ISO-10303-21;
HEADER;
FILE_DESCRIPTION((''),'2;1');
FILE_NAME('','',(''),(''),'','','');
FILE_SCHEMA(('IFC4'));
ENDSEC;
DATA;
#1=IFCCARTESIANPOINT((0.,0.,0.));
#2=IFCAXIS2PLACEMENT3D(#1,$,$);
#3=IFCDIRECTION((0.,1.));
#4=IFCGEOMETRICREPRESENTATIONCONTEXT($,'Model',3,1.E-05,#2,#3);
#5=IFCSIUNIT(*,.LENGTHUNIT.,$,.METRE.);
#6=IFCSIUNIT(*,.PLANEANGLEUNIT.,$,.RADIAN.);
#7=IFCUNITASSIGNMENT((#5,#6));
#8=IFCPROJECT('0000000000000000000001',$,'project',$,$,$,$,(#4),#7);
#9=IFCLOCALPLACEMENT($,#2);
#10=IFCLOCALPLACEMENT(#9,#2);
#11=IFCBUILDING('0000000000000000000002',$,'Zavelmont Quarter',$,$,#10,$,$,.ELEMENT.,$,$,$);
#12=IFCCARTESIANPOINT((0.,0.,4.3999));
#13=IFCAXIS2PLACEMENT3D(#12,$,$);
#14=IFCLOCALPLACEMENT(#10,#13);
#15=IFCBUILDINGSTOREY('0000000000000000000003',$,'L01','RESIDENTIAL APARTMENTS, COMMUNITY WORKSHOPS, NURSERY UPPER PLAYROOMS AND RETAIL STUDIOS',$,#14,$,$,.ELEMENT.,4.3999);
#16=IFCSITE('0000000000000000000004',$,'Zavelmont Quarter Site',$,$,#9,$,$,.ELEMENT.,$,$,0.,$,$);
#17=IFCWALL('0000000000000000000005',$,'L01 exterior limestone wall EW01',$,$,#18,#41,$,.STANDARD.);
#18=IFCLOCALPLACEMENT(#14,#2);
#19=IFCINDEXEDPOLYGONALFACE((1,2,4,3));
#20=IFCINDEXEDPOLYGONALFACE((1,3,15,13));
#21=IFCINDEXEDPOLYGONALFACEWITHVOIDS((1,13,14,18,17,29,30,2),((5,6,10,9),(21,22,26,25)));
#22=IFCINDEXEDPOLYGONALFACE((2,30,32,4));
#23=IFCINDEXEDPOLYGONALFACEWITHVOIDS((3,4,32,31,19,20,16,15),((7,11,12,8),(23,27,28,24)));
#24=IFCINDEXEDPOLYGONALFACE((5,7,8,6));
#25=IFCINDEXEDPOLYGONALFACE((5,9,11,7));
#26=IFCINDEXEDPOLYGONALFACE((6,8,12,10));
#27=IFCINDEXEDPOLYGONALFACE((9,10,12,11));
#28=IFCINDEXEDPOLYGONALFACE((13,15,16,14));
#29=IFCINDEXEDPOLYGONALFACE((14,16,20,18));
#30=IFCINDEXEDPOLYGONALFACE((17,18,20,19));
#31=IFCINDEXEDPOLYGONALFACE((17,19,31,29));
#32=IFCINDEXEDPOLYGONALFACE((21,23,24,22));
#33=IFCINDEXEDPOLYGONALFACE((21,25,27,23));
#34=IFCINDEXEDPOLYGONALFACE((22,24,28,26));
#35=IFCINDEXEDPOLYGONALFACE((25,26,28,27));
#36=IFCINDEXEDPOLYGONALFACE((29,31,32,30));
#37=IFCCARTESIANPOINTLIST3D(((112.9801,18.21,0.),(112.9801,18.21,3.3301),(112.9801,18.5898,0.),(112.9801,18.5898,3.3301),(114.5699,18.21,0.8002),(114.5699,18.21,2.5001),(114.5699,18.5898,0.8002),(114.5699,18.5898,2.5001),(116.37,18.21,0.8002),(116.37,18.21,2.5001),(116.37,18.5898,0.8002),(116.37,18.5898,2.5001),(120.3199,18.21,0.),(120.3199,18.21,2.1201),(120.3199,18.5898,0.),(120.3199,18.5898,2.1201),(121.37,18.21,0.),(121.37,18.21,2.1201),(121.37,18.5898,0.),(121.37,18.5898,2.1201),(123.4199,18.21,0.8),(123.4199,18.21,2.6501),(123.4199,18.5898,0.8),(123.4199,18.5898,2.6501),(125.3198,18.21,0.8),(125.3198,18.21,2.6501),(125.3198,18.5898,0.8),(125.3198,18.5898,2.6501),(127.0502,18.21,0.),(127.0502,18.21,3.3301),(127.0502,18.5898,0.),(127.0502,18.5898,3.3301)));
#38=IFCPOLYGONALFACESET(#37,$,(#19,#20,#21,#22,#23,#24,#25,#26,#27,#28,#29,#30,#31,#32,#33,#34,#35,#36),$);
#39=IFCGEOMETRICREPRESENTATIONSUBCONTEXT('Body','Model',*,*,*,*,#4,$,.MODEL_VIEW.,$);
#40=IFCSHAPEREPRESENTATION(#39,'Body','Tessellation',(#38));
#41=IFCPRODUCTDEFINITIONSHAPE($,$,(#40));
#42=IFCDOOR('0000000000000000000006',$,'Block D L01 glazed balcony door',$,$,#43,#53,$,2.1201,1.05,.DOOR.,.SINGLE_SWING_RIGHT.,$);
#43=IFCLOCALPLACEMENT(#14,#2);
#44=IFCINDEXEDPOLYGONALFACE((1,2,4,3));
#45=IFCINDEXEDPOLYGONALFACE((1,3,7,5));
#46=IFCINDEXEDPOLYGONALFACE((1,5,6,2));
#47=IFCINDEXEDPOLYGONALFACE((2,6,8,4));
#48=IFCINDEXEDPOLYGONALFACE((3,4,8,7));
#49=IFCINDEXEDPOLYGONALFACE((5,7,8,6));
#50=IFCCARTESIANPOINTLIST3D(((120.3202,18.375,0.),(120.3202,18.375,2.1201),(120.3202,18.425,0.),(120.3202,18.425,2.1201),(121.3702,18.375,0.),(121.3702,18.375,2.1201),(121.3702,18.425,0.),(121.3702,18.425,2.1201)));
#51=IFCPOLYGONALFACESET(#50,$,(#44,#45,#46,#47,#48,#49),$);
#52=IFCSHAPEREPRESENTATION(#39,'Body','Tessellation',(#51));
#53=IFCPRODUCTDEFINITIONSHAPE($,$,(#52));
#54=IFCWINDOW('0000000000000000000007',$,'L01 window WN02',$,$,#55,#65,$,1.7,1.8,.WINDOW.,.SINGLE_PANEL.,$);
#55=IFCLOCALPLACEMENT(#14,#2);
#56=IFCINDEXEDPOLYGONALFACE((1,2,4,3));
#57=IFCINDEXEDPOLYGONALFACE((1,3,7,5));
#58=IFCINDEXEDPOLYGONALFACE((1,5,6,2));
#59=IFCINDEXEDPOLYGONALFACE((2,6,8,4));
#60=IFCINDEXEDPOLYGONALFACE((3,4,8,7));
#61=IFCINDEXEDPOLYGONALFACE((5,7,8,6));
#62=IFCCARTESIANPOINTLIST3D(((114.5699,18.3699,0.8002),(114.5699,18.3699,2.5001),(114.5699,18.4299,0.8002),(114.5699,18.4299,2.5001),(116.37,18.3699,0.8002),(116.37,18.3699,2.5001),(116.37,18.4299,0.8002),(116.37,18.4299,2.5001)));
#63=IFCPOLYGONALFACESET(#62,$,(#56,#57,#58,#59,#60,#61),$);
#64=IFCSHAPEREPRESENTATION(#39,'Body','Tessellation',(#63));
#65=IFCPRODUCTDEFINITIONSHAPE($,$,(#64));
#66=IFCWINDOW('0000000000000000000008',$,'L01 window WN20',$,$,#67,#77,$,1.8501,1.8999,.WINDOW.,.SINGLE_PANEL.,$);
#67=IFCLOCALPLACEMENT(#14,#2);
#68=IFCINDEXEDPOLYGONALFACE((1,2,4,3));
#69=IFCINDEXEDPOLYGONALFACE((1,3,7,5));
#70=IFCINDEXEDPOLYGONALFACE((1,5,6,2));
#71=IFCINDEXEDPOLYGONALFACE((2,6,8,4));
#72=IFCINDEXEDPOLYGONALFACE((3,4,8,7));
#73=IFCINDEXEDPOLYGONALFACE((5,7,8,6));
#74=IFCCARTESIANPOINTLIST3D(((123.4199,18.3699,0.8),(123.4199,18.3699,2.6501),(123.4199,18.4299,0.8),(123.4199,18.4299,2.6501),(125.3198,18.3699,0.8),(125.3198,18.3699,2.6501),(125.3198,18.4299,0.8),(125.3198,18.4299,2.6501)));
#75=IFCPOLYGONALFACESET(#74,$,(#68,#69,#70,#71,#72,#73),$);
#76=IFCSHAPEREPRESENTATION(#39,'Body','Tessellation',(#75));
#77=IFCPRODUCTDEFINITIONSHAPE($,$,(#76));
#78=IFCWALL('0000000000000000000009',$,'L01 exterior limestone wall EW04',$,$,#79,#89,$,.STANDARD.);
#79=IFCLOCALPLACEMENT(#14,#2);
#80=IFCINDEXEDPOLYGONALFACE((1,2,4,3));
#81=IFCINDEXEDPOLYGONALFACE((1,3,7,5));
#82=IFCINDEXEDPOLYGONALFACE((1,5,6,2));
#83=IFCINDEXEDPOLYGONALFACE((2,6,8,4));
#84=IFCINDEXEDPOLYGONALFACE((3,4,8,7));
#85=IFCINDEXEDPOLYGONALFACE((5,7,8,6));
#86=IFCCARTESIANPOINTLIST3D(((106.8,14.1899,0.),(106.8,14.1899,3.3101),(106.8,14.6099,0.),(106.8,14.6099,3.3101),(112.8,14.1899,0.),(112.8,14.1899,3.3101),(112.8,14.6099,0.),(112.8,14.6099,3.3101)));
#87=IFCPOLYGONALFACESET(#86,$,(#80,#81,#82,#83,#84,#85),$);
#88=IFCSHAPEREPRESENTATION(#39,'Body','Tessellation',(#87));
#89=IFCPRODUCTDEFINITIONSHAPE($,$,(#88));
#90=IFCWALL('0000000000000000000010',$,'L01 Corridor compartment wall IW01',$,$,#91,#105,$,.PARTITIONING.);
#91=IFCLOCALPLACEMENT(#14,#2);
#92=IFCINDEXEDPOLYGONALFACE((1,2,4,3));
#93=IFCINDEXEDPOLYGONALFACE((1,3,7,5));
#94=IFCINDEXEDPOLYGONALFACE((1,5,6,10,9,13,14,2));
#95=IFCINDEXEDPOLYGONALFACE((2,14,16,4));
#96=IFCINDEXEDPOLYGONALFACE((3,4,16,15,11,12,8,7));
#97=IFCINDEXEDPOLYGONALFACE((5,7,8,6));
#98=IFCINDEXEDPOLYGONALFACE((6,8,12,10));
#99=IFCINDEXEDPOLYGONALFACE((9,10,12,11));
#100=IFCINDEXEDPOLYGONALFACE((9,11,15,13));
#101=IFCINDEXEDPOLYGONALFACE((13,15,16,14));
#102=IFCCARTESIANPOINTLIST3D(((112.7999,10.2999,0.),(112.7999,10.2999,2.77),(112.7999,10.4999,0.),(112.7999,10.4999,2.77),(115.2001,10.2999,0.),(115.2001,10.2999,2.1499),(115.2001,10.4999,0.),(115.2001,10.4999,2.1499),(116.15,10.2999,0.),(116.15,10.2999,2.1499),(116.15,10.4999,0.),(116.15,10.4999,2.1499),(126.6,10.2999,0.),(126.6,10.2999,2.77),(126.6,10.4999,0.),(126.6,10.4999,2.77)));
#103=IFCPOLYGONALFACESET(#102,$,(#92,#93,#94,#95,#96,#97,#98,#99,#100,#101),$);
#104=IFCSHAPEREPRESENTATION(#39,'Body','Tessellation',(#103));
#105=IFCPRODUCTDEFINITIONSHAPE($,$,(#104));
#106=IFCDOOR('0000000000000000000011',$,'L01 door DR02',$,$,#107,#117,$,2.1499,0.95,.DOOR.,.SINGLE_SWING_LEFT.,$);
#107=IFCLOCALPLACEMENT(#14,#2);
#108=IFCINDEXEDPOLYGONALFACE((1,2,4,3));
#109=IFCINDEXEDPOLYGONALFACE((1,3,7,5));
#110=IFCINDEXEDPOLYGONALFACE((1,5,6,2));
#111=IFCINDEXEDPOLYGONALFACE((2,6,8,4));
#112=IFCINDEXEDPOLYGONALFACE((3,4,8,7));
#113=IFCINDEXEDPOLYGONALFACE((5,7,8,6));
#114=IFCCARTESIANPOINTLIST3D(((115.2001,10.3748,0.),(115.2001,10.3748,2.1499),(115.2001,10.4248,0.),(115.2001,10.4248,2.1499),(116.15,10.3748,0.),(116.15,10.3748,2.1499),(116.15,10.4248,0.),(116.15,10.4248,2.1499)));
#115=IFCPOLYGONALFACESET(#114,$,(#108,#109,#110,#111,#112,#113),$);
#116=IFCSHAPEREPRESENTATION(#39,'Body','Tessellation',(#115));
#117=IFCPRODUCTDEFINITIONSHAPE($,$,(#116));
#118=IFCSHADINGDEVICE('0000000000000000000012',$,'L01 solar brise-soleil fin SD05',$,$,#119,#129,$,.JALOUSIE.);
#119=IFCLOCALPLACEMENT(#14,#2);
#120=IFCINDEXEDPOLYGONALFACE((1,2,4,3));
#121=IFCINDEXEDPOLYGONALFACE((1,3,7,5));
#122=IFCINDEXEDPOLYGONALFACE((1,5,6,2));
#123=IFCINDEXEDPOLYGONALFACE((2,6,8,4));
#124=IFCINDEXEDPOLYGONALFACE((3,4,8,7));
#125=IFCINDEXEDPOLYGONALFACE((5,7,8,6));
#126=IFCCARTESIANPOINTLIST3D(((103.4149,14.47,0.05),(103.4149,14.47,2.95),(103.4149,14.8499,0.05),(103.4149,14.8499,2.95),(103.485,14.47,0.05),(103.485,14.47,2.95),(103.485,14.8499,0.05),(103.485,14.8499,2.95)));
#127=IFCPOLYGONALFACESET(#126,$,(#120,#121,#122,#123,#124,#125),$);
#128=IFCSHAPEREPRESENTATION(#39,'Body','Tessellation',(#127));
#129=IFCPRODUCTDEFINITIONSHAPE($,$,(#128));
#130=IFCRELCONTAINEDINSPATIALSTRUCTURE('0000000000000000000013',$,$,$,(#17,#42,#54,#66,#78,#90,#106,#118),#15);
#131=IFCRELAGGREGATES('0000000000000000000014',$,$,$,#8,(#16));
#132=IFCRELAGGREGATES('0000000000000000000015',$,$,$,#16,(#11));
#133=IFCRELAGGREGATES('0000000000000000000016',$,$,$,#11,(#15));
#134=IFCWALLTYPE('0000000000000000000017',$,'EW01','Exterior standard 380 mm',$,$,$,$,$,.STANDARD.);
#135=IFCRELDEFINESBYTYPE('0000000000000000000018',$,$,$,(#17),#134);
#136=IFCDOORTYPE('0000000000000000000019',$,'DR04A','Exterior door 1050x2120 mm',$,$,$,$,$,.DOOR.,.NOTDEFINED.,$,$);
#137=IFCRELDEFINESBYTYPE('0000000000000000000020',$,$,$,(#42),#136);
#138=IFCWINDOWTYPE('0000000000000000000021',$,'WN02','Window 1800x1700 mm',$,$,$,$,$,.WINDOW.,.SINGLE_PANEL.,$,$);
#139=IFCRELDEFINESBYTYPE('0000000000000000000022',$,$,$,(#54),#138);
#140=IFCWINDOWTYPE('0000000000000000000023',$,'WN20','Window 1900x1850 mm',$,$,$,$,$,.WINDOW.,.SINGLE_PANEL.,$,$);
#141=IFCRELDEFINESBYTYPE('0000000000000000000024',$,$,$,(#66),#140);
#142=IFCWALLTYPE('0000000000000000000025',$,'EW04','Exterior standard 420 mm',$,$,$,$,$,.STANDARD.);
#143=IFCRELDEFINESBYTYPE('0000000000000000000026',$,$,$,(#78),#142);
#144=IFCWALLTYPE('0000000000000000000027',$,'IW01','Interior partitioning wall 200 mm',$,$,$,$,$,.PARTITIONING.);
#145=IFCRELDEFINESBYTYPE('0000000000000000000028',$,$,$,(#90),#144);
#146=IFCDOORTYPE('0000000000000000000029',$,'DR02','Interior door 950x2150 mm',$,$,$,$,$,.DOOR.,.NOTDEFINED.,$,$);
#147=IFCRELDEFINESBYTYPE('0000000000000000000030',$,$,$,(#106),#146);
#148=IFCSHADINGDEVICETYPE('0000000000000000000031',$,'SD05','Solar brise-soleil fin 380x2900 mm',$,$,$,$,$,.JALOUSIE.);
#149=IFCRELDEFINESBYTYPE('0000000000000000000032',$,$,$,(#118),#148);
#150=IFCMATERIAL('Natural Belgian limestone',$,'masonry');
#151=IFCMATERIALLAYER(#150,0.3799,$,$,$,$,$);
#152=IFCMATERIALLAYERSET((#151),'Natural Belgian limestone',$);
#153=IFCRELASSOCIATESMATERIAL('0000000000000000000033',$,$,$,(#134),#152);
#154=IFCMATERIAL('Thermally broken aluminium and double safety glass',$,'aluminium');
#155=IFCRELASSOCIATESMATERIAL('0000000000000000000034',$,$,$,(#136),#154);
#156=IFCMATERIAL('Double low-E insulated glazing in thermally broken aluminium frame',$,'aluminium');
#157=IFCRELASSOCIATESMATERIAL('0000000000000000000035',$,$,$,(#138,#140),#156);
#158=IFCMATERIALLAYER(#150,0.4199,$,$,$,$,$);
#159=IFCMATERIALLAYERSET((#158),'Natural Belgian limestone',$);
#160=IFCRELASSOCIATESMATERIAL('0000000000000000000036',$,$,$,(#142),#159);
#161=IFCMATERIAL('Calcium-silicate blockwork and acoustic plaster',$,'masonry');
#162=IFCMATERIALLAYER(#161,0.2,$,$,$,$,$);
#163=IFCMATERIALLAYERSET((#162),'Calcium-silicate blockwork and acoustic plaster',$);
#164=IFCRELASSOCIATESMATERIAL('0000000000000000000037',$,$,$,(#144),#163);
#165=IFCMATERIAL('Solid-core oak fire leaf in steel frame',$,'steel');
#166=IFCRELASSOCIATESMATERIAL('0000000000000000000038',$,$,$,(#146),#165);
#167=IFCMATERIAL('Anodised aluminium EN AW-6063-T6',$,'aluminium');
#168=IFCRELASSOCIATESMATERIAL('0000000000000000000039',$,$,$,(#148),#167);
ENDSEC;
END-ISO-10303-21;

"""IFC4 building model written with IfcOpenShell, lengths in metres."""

from ifc_helpers import new_model, si_unit, direction, frame, frame_2d, origin, origin_with_axes, origin_2d, place, context, subcontext, project, spatial, rectangle, extrude, material, layer, layer_set, type_object, element, fill, save


model = new_model("IFC4")

# Units and contexts
model_context = context("Model", 3, precision=1e-05, world=origin(), true_north=direction((0.0, 1.0)))
body_context = subcontext(model_context, "Body", "Model", "MODEL_VIEW")
ifc_project = project(units=[si_unit("LENGTHUNIT", "METRE"), si_unit("PLANEANGLEUNIT", "RADIAN")], contexts=[model_context])

# Site, building, storey
site_placement = place(None, origin())
site = spatial("IfcSite", under=ifc_project, at=site_placement, Name="Zavelmont Quarter Site", CompositionType="ELEMENT", RefElevation=0.0)
building_placement = place(site_placement, origin())
building = spatial("IfcBuilding", under=site, at=building_placement, Name="Zavelmont Quarter", CompositionType="ELEMENT")
storey_placement = place(building_placement, frame((0.0, 0.0, 4.3999)))
storey = spatial("IfcBuildingStorey", under=building, at=storey_placement, Name="L01", Description="RESIDENTIAL APARTMENTS, COMMUNITY WORKSHOPS, NURSERY UPPER PLAYROOMS AND RETAIL STUDIOS", CompositionType="ELEMENT", Elevation=4.3999)

# Wall, openings, door, windows
ifc_material_1 = material(Name="Natural Belgian limestone", Category="masonry")
ifc_layer_1 = layer(ifc_material_1, 0.3799)
ifc_layer_set_1 = layer_set([ifc_layer_1], Name="Natural Belgian limestone")
wall_type_1 = type_object("IfcWallType", Name="EW01", Description="Exterior standard 380 mm", PredefinedType="STANDARD", material=ifc_layer_set_1)
wall_1_placement = place(storey_placement, frame((112.98, 18.3999, 0.0), z_axis=(0.0, 0.0, 1.0), x_axis=(1.0, 0.0, 0.0)))
wall_1 = element("IfcWall", 1, at=wall_1_placement, inside=storey, type_object=wall_type_1, Name="L01 exterior limestone wall EW01", PredefinedType="STANDARD", context=body_context, shape_type="SweptSolid", body=[
    extrude(rectangle(XDim=14.0701, YDim=0.3799, at=frame_2d((7.0352, 0.0))), origin(), (0.0, 0.0, 1.0), 3.3301),
])
opening_1_placement = place(wall_1_placement, frame((7.3401, 0.0, 0.0)))
opening_1 = element("IfcOpeningElement", 2, at=opening_1_placement, cuts=wall_1, PredefinedType="OPENING", context=body_context, shape_type="SweptSolid", body=[
    extrude(rectangle(XDim=1.05, YDim=2.1201, at=frame_2d((0.5249, 1.0601))), frame((0.0, 0.2019, 0.0), z_axis=(0.0, -1.0, 0.0), x_axis=(1.0, 0.0, 0.0)), (0.0, 0.0, 1.0), 0.4038),
])
opening_2_placement = place(wall_1_placement, frame((1.5901, 0.0, 0.8)))
opening_2 = element("IfcOpeningElement", 3, at=opening_2_placement, cuts=wall_1, PredefinedType="OPENING", context=body_context, shape_type="SweptSolid", body=[
    extrude(rectangle(XDim=1.8, YDim=1.7, at=frame_2d((0.8999, 0.8501))), frame((0.0, 0.2019, 0.0), z_axis=(0.0, -1.0, 0.0), x_axis=(1.0, 0.0, 0.0)), (0.0, 0.0, 1.0), 0.4038),
])
opening_3_placement = place(wall_1_placement, frame((10.4399, 0.0, 0.8)))
opening_3 = element("IfcOpeningElement", 4, at=opening_3_placement, cuts=wall_1, PredefinedType="OPENING", context=body_context, shape_type="SweptSolid", body=[
    extrude(rectangle(XDim=1.8999, YDim=1.8501, at=frame_2d((0.95, 0.925))), frame((0.0, 0.2019, 0.0), z_axis=(0.0, -1.0, 0.0), x_axis=(1.0, 0.0, 0.0)), (0.0, 0.0, 1.0), 0.4038),
])
ifc_material_2 = material(Name="Thermally broken aluminium and double safety glass", Category="aluminium")
door_type_1 = type_object("IfcDoorType", Name="DR04A", Description="Exterior door 1050x2120 mm", OperationType="NOTDEFINED", PredefinedType="DOOR", material=ifc_material_2)
door_1_placement = place(opening_1_placement, frame((1.05, 0.0, 0.0), z_axis=(0.0, 0.0, 1.0), x_axis=(-1.0, 0.0, 0.0)))
door_1 = element("IfcDoor", 5, at=door_1_placement, inside=storey, type_object=door_type_1, Name="Block D L01 glazed balcony door", OperationType="SINGLE_SWING_RIGHT", OverallHeight=2.1201, OverallWidth=1.05, PredefinedType="DOOR", context=body_context, shape_type="SweptSolid", body=[
    extrude(rectangle(XDim=1.05, YDim=2.1201, at=frame_2d((0.5249, 1.0601))), frame((0.0, 0.0249, 0.0), z_axis=(0.0, -1.0, 0.0), x_axis=(1.0, 0.0, 0.0)), (0.0, 0.0, 1.0), 0.05),
])
fill(opening_1, door_1)
ifc_material_3 = material(Name="Double low-E insulated glazing in thermally broken aluminium frame", Category="aluminium")
window_type_1 = type_object("IfcWindowType", Name="WN02", Description="Window 1800x1700 mm", PartitioningType="SINGLE_PANEL", PredefinedType="WINDOW", material=ifc_material_3)
window_1_placement = place(opening_2_placement, origin_with_axes())
window_1 = element("IfcWindow", 6, at=window_1_placement, inside=storey, type_object=window_type_1, Name="L01 window WN02", OverallHeight=1.7, OverallWidth=1.8, PartitioningType="SINGLE_PANEL", PredefinedType="WINDOW", context=body_context, shape_type="SweptSolid", body=[
    extrude(rectangle(XDim=1.8, YDim=1.7, at=frame_2d((0.8999, 0.8501))), frame((0.0, 0.03, 0.0), z_axis=(0.0, -1.0, 0.0), x_axis=(1.0, 0.0, 0.0)), (0.0, 0.0, 1.0), 0.0601),
])
fill(opening_2, window_1)
window_type_2 = type_object("IfcWindowType", Name="WN20", Description="Window 1900x1850 mm", PartitioningType="SINGLE_PANEL", PredefinedType="WINDOW", material=ifc_material_3)
window_2_placement = place(opening_3_placement, origin_with_axes())
window_2 = element("IfcWindow", 7, at=window_2_placement, inside=storey, type_object=window_type_2, Name="L01 window WN20", OverallHeight=1.8501, OverallWidth=1.8999, PartitioningType="SINGLE_PANEL", PredefinedType="WINDOW", context=body_context, shape_type="SweptSolid", body=[
    extrude(rectangle(XDim=1.8999, YDim=1.8501, at=frame_2d((0.95, 0.925))), frame((0.0, 0.03, 0.0), z_axis=(0.0, -1.0, 0.0), x_axis=(1.0, 0.0, 0.0)), (0.0, 0.0, 1.0), 0.0601),
])
fill(opening_3, window_2)

# Wall
ifc_layer_2 = layer(ifc_material_1, 0.4199)
ifc_layer_set_2 = layer_set([ifc_layer_2], Name="Natural Belgian limestone")
wall_type_2 = type_object("IfcWallType", Name="EW04", Description="Exterior standard 420 mm", PredefinedType="STANDARD", material=ifc_layer_set_2)
wall_2_placement = place(storey_placement, frame((106.8, 14.3999, 0.0), z_axis=(0.0, 0.0, 1.0), x_axis=(1.0, 0.0, 0.0)))
element("IfcWall", 8, at=wall_2_placement, inside=storey, type_object=wall_type_2, Name="L01 exterior limestone wall EW04", PredefinedType="STANDARD", context=body_context, shape_type="SweptSolid", body=[
    extrude(rectangle(XDim=6.0, YDim=0.4199, at=frame_2d((3.0, 0.0))), origin(), (0.0, 0.0, 1.0), 3.3101),
])

# Wall, opening, door
ifc_material_4 = material(Name="Calcium-silicate blockwork and acoustic plaster", Category="masonry")
ifc_layer_3 = layer(ifc_material_4, 0.2)
ifc_layer_set_3 = layer_set([ifc_layer_3], Name="Calcium-silicate blockwork and acoustic plaster")
wall_type_3 = type_object("IfcWallType", Name="IW01", Description="Interior partitioning wall 200 mm", PredefinedType="PARTITIONING", material=ifc_layer_set_3)
wall_3_placement = place(storey_placement, frame((112.8, 10.3999, 0.0), z_axis=(0.0, 0.0, 1.0), x_axis=(1.0, 0.0, 0.0)))
wall_3 = element("IfcWall", 9, at=wall_3_placement, inside=storey, type_object=wall_type_3, Name="L01 Corridor compartment wall IW01", PredefinedType="PARTITIONING", context=body_context, shape_type="SweptSolid", body=[
    extrude(rectangle(XDim=13.8, YDim=0.2, at=frame_2d((6.8999, 0.0))), origin(), (0.0, 0.0, 1.0), 2.77),
])
opening_4_placement = place(wall_3_placement, frame((2.3999, 0.0, 0.0)))
opening_4 = element("IfcOpeningElement", 10, at=opening_4_placement, cuts=wall_3, PredefinedType="OPENING", context=body_context, shape_type="SweptSolid", body=[
    extrude(rectangle(XDim=0.95, YDim=2.1499, at=frame_2d((0.4751, 1.075))), frame((0.0, 0.1118, 0.0), z_axis=(0.0, -1.0, 0.0), x_axis=(1.0, 0.0, 0.0)), (0.0, 0.0, 1.0), 0.2239),
])
ifc_material_5 = material(Name="Solid-core oak fire leaf in steel frame", Category="steel")
door_type_2 = type_object("IfcDoorType", Name="DR02", Description="Interior door 950x2150 mm", OperationType="NOTDEFINED", PredefinedType="DOOR", material=ifc_material_5)
door_2_placement = place(opening_4_placement, origin_with_axes())
door_2 = element("IfcDoor", 11, at=door_2_placement, inside=storey, type_object=door_type_2, Name="L01 door DR02", OperationType="SINGLE_SWING_LEFT", OverallHeight=2.1499, OverallWidth=0.95, PredefinedType="DOOR", context=body_context, shape_type="SweptSolid", body=[
    extrude(rectangle(XDim=0.95, YDim=2.1499, at=frame_2d((0.4751, 1.075))), frame((0.0, 0.0249, 0.0), z_axis=(0.0, -1.0, 0.0), x_axis=(1.0, 0.0, 0.0)), (0.0, 0.0, 1.0), 0.05),
])
fill(opening_4, door_2)

# Shading device
ifc_material_6 = material(Name="Anodised aluminium EN AW-6063-T6", Category="aluminium")
shading_device_type = type_object("IfcShadingDeviceType", Name="SD05", Description="Solar brise-soleil fin 380x2900 mm", PredefinedType="JALOUSIE", material=ifc_material_6)
shading_device_placement = place(storey_placement, frame((103.45, 14.6599, 0.05), z_axis=(0.0, 0.0, 1.0), x_axis=(1.0, 0.0, 0.0)))
element("IfcShadingDevice", 12, at=shading_device_placement, inside=storey, type_object=shading_device_type, Name="L01 solar brise-soleil fin SD05", PredefinedType="JALOUSIE", context=body_context, shape_type="SweptSolid", body=[
    extrude(rectangle(XDim=0.0701, YDim=0.3799, at=origin_2d()), origin(), (0.0, 0.0, 1.0), 2.8999),
])

save(model, "model.ifc")
